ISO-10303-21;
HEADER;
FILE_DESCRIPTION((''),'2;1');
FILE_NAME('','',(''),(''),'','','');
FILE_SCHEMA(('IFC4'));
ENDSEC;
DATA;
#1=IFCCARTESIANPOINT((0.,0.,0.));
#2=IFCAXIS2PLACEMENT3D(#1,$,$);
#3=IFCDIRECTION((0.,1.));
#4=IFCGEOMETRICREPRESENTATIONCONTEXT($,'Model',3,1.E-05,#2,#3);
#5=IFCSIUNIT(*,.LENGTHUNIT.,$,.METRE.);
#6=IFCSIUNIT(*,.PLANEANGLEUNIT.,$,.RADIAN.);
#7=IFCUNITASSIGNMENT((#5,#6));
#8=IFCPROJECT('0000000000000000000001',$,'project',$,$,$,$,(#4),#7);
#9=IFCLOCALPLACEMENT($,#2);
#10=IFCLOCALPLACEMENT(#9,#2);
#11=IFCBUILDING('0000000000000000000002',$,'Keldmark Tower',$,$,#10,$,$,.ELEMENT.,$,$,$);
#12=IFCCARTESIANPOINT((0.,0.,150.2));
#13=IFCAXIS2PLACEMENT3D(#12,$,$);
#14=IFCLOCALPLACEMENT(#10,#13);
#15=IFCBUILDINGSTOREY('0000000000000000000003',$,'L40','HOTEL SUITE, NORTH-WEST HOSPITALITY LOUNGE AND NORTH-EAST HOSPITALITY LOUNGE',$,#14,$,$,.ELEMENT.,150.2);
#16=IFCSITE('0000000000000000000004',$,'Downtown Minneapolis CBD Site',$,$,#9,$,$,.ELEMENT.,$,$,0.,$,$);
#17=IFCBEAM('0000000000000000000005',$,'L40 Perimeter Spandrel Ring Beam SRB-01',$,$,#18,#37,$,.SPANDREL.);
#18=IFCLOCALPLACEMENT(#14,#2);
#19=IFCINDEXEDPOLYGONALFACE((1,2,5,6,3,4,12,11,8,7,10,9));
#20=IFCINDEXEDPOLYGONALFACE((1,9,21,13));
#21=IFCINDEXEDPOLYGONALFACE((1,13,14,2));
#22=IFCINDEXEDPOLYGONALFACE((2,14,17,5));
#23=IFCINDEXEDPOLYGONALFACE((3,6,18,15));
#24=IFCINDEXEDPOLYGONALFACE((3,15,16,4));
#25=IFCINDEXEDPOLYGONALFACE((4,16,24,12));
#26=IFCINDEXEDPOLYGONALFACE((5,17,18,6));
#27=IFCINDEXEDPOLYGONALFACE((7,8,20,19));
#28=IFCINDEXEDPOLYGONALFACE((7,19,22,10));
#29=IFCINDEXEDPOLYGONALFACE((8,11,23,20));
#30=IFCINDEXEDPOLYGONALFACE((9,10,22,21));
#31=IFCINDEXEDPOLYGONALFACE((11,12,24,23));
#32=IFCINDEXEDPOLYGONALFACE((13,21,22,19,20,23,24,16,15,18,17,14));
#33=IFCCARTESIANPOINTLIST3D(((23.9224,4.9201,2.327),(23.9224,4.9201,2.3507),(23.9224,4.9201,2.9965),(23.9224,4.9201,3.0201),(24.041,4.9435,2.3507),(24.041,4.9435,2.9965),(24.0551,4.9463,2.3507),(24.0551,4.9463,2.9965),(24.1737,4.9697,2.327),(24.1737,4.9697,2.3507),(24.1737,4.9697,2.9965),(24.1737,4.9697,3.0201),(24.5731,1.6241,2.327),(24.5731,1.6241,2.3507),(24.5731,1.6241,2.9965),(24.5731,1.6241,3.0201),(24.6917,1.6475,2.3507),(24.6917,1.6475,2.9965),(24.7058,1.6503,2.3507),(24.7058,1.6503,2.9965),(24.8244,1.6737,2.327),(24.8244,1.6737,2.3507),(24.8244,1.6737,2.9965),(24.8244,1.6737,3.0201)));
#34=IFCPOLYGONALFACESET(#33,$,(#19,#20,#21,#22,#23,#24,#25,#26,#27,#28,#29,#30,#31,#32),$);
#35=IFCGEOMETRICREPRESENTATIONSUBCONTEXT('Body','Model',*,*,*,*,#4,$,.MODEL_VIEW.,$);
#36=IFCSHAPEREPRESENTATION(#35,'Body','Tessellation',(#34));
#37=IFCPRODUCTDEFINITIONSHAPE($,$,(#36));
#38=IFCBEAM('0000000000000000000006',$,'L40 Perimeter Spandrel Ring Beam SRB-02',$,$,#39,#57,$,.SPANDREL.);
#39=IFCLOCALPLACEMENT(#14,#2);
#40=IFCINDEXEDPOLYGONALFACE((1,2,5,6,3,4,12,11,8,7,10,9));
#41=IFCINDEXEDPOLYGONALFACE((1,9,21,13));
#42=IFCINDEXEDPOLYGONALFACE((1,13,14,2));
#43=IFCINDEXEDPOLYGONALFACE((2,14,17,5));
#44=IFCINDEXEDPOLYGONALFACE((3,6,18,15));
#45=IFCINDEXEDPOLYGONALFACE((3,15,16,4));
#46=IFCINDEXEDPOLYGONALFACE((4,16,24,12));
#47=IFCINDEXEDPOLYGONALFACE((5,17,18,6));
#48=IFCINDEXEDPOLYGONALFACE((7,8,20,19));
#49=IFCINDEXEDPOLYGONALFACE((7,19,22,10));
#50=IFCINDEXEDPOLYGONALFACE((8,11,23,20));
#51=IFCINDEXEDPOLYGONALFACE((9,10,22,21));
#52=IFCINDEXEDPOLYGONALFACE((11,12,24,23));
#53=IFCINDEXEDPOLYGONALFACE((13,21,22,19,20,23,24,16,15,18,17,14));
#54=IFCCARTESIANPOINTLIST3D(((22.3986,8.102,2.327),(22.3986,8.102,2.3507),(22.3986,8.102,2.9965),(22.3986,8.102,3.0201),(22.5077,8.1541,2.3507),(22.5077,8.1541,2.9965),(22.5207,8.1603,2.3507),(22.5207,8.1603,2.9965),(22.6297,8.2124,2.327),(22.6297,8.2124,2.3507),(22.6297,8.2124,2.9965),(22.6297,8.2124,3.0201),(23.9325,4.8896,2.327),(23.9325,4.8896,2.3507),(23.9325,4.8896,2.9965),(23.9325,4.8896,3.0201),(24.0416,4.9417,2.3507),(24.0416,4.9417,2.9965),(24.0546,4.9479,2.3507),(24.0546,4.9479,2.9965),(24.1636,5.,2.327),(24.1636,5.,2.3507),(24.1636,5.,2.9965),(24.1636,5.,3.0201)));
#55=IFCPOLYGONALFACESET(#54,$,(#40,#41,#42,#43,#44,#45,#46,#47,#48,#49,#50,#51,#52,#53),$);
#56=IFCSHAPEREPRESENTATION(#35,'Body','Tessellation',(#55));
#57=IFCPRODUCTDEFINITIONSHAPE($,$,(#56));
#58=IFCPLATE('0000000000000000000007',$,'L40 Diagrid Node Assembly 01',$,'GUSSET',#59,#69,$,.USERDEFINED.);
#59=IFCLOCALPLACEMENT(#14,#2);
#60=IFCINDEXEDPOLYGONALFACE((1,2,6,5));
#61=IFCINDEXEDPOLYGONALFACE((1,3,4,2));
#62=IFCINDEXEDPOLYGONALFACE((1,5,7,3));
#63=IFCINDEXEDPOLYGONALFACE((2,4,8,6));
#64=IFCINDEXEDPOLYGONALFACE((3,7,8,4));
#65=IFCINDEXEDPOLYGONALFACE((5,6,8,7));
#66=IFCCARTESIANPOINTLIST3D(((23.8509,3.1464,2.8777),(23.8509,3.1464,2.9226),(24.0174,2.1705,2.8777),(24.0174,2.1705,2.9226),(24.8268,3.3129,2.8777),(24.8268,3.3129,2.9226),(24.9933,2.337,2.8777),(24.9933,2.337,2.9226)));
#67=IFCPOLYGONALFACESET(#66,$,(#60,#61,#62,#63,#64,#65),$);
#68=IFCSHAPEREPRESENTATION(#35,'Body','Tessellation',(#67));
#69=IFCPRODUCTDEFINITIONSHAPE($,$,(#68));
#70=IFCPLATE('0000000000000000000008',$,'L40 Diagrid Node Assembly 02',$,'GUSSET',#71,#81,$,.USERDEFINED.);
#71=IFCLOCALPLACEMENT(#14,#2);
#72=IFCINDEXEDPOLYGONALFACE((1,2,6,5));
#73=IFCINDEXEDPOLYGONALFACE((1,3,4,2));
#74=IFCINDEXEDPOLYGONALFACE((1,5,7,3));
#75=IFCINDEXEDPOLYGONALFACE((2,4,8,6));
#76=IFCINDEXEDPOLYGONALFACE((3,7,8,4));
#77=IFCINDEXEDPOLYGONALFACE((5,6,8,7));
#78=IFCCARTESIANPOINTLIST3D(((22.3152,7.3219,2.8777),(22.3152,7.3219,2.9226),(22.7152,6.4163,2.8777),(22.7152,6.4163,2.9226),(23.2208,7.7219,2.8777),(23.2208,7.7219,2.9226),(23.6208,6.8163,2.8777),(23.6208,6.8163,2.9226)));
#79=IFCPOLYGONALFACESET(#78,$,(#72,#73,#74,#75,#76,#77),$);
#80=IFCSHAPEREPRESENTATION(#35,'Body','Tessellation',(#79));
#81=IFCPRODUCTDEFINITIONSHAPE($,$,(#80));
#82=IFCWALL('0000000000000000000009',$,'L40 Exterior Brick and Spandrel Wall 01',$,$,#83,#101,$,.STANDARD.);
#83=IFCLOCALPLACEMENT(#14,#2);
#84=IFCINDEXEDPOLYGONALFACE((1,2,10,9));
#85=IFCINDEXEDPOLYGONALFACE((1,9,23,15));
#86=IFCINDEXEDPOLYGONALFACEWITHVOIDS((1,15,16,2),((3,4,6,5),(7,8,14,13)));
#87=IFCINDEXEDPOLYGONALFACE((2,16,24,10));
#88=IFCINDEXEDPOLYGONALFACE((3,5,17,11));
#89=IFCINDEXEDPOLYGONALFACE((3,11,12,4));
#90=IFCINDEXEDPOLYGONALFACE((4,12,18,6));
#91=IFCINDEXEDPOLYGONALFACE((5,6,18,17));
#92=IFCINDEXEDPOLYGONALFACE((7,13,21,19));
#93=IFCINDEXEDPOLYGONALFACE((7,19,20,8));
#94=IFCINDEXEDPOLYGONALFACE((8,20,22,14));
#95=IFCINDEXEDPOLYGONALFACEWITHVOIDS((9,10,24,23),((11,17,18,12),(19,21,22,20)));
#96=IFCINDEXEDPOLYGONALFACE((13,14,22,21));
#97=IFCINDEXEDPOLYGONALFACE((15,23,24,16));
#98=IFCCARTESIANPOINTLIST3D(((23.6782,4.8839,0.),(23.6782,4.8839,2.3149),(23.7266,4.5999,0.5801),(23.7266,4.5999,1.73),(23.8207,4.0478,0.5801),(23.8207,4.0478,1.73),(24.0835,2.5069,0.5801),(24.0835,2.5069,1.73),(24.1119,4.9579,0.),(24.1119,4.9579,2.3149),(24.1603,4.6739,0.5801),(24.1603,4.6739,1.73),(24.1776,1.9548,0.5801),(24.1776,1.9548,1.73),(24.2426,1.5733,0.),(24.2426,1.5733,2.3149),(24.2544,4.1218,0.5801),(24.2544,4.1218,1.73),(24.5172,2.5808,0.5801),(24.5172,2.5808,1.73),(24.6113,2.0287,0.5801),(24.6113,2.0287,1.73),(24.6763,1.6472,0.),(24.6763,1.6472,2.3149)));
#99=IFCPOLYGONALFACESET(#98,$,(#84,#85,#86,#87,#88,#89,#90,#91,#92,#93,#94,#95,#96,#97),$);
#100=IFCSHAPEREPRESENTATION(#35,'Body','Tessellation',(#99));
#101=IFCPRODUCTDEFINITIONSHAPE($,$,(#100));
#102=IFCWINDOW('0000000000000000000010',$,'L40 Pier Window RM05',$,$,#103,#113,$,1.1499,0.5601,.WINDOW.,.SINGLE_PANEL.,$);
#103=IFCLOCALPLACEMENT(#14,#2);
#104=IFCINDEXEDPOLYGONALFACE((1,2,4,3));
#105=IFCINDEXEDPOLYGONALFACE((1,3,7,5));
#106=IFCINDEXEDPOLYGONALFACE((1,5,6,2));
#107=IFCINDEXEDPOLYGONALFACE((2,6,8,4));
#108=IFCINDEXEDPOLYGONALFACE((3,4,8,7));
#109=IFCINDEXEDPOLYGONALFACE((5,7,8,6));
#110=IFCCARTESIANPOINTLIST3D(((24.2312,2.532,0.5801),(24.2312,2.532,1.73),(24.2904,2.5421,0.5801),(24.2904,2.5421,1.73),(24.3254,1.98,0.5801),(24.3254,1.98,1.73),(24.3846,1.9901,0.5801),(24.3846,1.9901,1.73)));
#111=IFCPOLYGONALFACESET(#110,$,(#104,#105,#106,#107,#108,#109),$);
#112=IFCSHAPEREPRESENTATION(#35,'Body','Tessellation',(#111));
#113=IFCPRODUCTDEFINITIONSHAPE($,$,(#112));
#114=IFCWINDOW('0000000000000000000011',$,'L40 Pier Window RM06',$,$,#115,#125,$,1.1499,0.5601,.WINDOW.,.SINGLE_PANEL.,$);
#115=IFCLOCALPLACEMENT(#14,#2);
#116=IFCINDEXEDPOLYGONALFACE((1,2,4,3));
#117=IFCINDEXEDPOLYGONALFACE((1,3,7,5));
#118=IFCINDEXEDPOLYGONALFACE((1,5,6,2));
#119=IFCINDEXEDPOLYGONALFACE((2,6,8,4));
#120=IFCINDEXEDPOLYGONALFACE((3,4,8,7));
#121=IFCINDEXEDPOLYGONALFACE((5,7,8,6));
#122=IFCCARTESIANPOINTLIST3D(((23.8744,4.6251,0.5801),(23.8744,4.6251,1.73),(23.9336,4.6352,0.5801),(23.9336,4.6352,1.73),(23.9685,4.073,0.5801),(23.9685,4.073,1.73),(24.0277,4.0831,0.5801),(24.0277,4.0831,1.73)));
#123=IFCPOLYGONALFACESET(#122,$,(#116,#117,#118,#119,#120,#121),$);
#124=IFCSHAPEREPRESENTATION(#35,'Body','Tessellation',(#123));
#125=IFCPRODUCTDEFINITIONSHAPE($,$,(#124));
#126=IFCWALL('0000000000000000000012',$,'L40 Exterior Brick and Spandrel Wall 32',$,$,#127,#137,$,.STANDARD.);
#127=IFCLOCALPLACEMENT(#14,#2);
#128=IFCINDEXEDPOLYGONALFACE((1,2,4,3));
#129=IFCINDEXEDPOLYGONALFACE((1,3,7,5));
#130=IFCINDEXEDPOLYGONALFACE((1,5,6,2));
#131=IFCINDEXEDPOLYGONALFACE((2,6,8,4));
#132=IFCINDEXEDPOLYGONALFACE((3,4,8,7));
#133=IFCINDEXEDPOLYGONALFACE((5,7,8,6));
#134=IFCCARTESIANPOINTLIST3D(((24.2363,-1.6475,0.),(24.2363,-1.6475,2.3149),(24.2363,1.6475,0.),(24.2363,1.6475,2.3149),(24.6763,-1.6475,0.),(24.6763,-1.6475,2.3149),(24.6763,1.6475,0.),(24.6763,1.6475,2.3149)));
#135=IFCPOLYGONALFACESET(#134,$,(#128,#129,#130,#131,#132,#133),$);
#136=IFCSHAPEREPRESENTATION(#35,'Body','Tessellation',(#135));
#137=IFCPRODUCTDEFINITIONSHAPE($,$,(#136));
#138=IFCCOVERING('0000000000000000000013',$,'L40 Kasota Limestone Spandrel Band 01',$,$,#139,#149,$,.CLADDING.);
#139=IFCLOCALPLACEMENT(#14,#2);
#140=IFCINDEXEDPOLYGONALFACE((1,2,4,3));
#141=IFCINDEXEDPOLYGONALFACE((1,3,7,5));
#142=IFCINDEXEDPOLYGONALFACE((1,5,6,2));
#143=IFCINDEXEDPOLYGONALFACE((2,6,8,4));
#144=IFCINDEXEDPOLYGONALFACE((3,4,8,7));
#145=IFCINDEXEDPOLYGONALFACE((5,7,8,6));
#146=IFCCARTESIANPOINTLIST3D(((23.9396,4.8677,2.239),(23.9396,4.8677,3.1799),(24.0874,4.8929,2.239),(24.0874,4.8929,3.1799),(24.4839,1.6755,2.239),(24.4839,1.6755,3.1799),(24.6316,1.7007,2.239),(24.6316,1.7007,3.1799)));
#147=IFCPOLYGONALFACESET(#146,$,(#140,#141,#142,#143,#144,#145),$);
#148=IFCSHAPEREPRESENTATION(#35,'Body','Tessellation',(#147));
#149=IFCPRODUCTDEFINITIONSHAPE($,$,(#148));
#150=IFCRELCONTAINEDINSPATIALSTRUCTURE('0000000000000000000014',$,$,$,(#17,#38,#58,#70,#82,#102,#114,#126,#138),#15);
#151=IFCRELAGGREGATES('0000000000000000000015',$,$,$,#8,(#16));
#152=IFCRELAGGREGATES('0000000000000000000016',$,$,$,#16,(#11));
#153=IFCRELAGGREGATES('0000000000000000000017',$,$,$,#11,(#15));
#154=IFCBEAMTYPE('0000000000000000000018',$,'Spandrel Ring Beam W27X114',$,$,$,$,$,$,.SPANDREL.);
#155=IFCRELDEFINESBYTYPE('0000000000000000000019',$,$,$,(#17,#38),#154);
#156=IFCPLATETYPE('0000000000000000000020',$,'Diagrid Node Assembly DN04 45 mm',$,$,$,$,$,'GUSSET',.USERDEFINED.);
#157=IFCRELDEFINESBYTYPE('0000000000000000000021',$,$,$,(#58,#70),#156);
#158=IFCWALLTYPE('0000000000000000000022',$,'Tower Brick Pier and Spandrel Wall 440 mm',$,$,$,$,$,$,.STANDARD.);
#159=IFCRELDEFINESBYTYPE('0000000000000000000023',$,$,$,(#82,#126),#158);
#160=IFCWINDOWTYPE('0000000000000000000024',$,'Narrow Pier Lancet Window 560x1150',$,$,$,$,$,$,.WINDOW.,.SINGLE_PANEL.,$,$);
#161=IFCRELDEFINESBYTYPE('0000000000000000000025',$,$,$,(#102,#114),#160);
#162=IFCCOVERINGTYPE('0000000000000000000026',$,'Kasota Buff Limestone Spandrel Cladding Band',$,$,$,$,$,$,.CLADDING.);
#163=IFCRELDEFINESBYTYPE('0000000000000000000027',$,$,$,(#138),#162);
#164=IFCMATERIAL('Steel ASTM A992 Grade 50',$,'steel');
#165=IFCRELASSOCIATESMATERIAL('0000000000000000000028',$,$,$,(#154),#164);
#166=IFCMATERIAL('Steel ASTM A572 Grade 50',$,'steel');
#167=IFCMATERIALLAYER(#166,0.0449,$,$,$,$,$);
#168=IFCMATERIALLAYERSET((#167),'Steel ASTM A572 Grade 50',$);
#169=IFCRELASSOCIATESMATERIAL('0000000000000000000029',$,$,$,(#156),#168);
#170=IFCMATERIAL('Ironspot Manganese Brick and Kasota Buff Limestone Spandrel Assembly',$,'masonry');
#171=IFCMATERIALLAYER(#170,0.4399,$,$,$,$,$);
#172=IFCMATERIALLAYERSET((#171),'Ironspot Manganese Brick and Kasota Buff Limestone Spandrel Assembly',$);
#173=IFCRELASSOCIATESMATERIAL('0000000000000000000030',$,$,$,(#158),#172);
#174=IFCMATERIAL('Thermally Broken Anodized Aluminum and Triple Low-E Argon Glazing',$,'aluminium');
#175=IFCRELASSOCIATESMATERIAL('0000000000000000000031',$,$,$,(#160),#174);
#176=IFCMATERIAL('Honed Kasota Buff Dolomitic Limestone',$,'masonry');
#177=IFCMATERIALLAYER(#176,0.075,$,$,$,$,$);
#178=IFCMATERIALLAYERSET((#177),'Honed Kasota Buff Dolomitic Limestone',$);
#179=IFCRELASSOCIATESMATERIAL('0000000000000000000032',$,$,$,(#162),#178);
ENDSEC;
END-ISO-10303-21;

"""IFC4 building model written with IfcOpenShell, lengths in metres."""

from ifc_helpers import new_model, si_unit, direction, frame, frame_2d, origin, origin_2d, place, context, subcontext, project, spatial, rectangle, i_section, extrude, material, layer, layer_set, material_profile, profile_set, type_object, element, fill, save


model = new_model("IFC4")

# Units and contexts
model_context = context("Model", 3, precision=1e-05, world=origin(), true_north=direction((0.0, 1.0)))
body_context = subcontext(model_context, "Body", "Model", "MODEL_VIEW")
ifc_project = project(units=[si_unit("LENGTHUNIT", "METRE"), si_unit("PLANEANGLEUNIT", "RADIAN")], contexts=[model_context])

# Site, building, storey
site_placement = place(None, origin())
site = spatial("IfcSite", under=ifc_project, at=site_placement, Name="Downtown Minneapolis CBD Site", CompositionType="ELEMENT", RefElevation=0.0)
building_placement = place(site_placement, origin())
building = spatial("IfcBuilding", under=site, at=building_placement, Name="Keldmark Tower", CompositionType="ELEMENT")
storey_placement = place(building_placement, frame((0.0, 0.0, 150.2)))
storey = spatial("IfcBuildingStorey", under=building, at=storey_placement, Name="L40", Description="HOTEL SUITE, NORTH-WEST HOSPITALITY LOUNGE AND NORTH-EAST HOSPITALITY LOUNGE", CompositionType="ELEMENT", Elevation=150.2)

# Beams
ifc_material_1 = material(Name="Steel ASTM A992 Grade 50", Category="steel")
ifc_material_profile_1 = material_profile(ifc_material_1, i_section(OverallWidth=0.2561, OverallDepth=0.6931, WebThickness=0.0144, FlangeThickness=0.0237, at=origin_2d()), Name="W27X114")
ifc_profile_set_1 = profile_set([ifc_material_profile_1], Name="Steel ASTM A992 Grade 50")
beam_type_1 = type_object("IfcBeamType", Name="Spandrel Ring Beam W27X114", PredefinedType="SPANDREL", material=ifc_profile_set_1)
beam_1_placement = place(storey_placement, frame((24.6987, 1.6489, 2.6736), z_axis=(-0.19367, 0.981067, 0.0), x_axis=(-0.981067, -0.19367, 0.0)))
element("IfcBeam", 1, at=beam_1_placement, inside=storey, type_object=beam_type_1, Name="L40 Perimeter Spandrel Ring Beam SRB-01", PredefinedType="SPANDREL", context=body_context, shape_type="SweptSolid", body=[
    extrude(i_section(OverallWidth=0.2561, OverallDepth=0.6931, WebThickness=0.0144, FlangeThickness=0.0237, at=origin_2d()), origin(), (0.0, 0.0, 1.0), 3.3596),
])
beam_2_placement = place(storey_placement, frame((24.0481, 4.9448, 2.6736), z_axis=(-0.4309, 0.9024, 0.0), x_axis=(-0.9024, -0.4309, 0.0)))
element("IfcBeam", 2, at=beam_2_placement, inside=storey, type_object=beam_type_1, Name="L40 Perimeter Spandrel Ring Beam SRB-02", PredefinedType="SPANDREL", context=body_context, shape_type="SweptSolid", body=[
    extrude(i_section(OverallWidth=0.2561, OverallDepth=0.6931, WebThickness=0.0144, FlangeThickness=0.0237, at=origin_2d()), origin(), (0.0, 0.0, 1.0), 3.5598),
])

# Plates
ifc_material_2 = material(Name="Steel ASTM A572 Grade 50", Category="steel")
ifc_layer_1 = layer(ifc_material_2, 0.0449)
ifc_layer_set_1 = layer_set([ifc_layer_1], Name="Steel ASTM A572 Grade 50")
plate_type = type_object("IfcPlateType", Name="Diagrid Node Assembly DN04 45 mm", ElementType="GUSSET", PredefinedType="USERDEFINED", material=ifc_layer_set_1)
for number, where, z_axis, x_axis, name in (
    (3, (24.4221, 2.7417, 2.8777), (0.0, 0.0, 1.0), (-0.168145, 0.985762, 0.0), "L40 Diagrid Node Assembly 01"),
    (4, (22.968, 7.0691, 2.8777), (0.0, 0.0, 1.0), (-0.404024, 0.914748, 0.0), "L40 Diagrid Node Assembly 02"),
):
    element("IfcPlate", number, at=place(storey_placement, frame(where, z_axis=z_axis, x_axis=x_axis)), inside=storey, type_object=plate_type, Name=name, ObjectType="GUSSET", PredefinedType="USERDEFINED", context=body_context, shape_type="SweptSolid", body=[
        extrude(rectangle(XDim=0.99, YDim=0.99, at=origin_2d()), origin(), (0.0, 0.0, 1.0), 0.0449),
    ])

# Wall, openings, windows
ifc_material_3 = material(Name="Ironspot Manganese Brick and Kasota Buff Limestone Spandrel Assembly", Category="masonry")
ifc_layer_2 = layer(ifc_material_3, 0.4399)
ifc_layer_set_2 = layer_set([ifc_layer_2], Name="Ironspot Manganese Brick and Kasota Buff Limestone Spandrel Assembly")
wall_type = type_object("IfcWallType", Name="Tower Brick Pier and Spandrel Wall 440 mm", PredefinedType="STANDARD", material=ifc_layer_set_2)
wall_1_placement = place(storey_placement, frame((23.895, 4.9209, 0.0), z_axis=(0.0, 0.0, 1.0), x_axis=(0.168076, -0.985774, 0.0)))
wall_1 = element("IfcWall", 5, at=wall_1_placement, inside=storey, type_object=wall_type, Name="L40 Exterior Brick and Spandrel Wall 01", PredefinedType="STANDARD", context=body_context, shape_type="SweptSolid", body=[
    extrude(rectangle(XDim=3.3584, YDim=0.4399, at=frame_2d((1.6792, 0.0))), origin(), (0.0, 0.0, 1.0), 2.3149),
])
opening_1_placement = place(wall_1_placement, frame((2.4114, 0.0, 0.5801)))
opening_1 = element("IfcOpeningElement", 6, at=opening_1_placement, cuts=wall_1, PredefinedType="OPENING", context=body_context, shape_type="SweptSolid", body=[
    extrude(rectangle(XDim=0.5601, YDim=1.1499, at=frame_2d((0.28, 0.575))), frame((0.0, 0.23, 0.0), z_axis=(0.0, -1.0, 0.0), x_axis=(1.0, 0.0, 0.0)), (0.0, 0.0, 1.0), 0.46),
])
opening_2_placement = place(wall_1_placement, frame((0.2881, 0.0, 0.5801)))
opening_2 = element("IfcOpeningElement", 7, at=opening_2_placement, cuts=wall_1, PredefinedType="OPENING", context=body_context, shape_type="SweptSolid", body=[
    extrude(rectangle(XDim=0.5601, YDim=1.1499, at=frame_2d((0.28, 0.575))), frame((0.0, 0.23, 0.0), z_axis=(0.0, -1.0, 0.0), x_axis=(1.0, 0.0, 0.0)), (0.0, 0.0, 1.0), 0.46),
])
ifc_material_4 = material(Name="Thermally Broken Anodized Aluminum and Triple Low-E Argon Glazing", Category="aluminium")
window_type = type_object("IfcWindowType", Name="Narrow Pier Lancet Window 560x1150", PartitioningType="SINGLE_PANEL", PredefinedType="WINDOW", material=ifc_material_4)
window_1_placement = place(opening_1_placement, origin())
window_1 = element("IfcWindow", 8, at=window_1_placement, inside=storey, type_object=window_type, Name="L40 Pier Window RM05", OverallHeight=1.1499, OverallWidth=0.5601, PartitioningType="SINGLE_PANEL", PredefinedType="WINDOW", context=body_context, shape_type="SweptSolid", body=[
    extrude(rectangle(XDim=0.5601, YDim=1.1499, at=frame_2d((0.28, 0.575))), frame((0.0, -0.01, 0.0), z_axis=(0.0, -1.0, 0.0), x_axis=(1.0, 0.0, 0.0)), (0.0, 0.0, 1.0), 0.0601),
])
fill(opening_1, window_1)
window_2_placement = place(opening_2_placement, origin())
window_2 = element("IfcWindow", 9, at=window_2_placement, inside=storey, type_object=window_type, Name="L40 Pier Window RM06", OverallHeight=1.1499, OverallWidth=0.5601, PartitioningType="SINGLE_PANEL", PredefinedType="WINDOW", context=body_context, shape_type="SweptSolid", body=[
    extrude(rectangle(XDim=0.5601, YDim=1.1499, at=frame_2d((0.28, 0.575))), frame((0.0, -0.01, 0.0), z_axis=(0.0, -1.0, 0.0), x_axis=(1.0, 0.0, 0.0)), (0.0, 0.0, 1.0), 0.0601),
])
fill(opening_2, window_2)

# Wall
wall_2_placement = place(storey_placement, frame((24.4563, 1.6475, 0.0), z_axis=(0.0, 0.0, 1.0), x_axis=(0.0, -1.0, 0.0)))
element("IfcWall", 10, at=wall_2_placement, inside=storey, type_object=wall_type, Name="L40 Exterior Brick and Spandrel Wall 32", PredefinedType="STANDARD", context=body_context, shape_type="SweptSolid", body=[
    extrude(rectangle(XDim=3.2949, YDim=0.4399, at=frame_2d((1.6475, 0.0))), origin(), (0.0, 0.0, 1.0), 2.3149),
])

# Covering
ifc_material_5 = material(Name="Honed Kasota Buff Dolomitic Limestone", Category="masonry")
ifc_layer_3 = layer(ifc_material_5, 0.075)
ifc_layer_set_3 = layer_set([ifc_layer_3], Name="Honed Kasota Buff Dolomitic Limestone")
covering_type = type_object("IfcCoveringType", Name="Kasota Buff Limestone Spandrel Cladding Band", PredefinedType="CLADDING", material=ifc_layer_set_3)
covering_placement = place(storey_placement, frame((24.2856, 3.2842, 2.239), z_axis=(0.0, 0.0, 1.0), x_axis=(-0.168059, 0.985777, 0.0)))
element("IfcCovering", 11, at=covering_placement, inside=storey, type_object=covering_type, Name="L40 Kasota Limestone Spandrel Band 01", PredefinedType="CLADDING", context=body_context, shape_type="SweptSolid", body=[
    extrude(rectangle(XDim=3.2383, YDim=0.1499, at=origin_2d()), origin(), (0.0, 0.0, 1.0), 0.9409),
])

save(model, "model.ifc")
